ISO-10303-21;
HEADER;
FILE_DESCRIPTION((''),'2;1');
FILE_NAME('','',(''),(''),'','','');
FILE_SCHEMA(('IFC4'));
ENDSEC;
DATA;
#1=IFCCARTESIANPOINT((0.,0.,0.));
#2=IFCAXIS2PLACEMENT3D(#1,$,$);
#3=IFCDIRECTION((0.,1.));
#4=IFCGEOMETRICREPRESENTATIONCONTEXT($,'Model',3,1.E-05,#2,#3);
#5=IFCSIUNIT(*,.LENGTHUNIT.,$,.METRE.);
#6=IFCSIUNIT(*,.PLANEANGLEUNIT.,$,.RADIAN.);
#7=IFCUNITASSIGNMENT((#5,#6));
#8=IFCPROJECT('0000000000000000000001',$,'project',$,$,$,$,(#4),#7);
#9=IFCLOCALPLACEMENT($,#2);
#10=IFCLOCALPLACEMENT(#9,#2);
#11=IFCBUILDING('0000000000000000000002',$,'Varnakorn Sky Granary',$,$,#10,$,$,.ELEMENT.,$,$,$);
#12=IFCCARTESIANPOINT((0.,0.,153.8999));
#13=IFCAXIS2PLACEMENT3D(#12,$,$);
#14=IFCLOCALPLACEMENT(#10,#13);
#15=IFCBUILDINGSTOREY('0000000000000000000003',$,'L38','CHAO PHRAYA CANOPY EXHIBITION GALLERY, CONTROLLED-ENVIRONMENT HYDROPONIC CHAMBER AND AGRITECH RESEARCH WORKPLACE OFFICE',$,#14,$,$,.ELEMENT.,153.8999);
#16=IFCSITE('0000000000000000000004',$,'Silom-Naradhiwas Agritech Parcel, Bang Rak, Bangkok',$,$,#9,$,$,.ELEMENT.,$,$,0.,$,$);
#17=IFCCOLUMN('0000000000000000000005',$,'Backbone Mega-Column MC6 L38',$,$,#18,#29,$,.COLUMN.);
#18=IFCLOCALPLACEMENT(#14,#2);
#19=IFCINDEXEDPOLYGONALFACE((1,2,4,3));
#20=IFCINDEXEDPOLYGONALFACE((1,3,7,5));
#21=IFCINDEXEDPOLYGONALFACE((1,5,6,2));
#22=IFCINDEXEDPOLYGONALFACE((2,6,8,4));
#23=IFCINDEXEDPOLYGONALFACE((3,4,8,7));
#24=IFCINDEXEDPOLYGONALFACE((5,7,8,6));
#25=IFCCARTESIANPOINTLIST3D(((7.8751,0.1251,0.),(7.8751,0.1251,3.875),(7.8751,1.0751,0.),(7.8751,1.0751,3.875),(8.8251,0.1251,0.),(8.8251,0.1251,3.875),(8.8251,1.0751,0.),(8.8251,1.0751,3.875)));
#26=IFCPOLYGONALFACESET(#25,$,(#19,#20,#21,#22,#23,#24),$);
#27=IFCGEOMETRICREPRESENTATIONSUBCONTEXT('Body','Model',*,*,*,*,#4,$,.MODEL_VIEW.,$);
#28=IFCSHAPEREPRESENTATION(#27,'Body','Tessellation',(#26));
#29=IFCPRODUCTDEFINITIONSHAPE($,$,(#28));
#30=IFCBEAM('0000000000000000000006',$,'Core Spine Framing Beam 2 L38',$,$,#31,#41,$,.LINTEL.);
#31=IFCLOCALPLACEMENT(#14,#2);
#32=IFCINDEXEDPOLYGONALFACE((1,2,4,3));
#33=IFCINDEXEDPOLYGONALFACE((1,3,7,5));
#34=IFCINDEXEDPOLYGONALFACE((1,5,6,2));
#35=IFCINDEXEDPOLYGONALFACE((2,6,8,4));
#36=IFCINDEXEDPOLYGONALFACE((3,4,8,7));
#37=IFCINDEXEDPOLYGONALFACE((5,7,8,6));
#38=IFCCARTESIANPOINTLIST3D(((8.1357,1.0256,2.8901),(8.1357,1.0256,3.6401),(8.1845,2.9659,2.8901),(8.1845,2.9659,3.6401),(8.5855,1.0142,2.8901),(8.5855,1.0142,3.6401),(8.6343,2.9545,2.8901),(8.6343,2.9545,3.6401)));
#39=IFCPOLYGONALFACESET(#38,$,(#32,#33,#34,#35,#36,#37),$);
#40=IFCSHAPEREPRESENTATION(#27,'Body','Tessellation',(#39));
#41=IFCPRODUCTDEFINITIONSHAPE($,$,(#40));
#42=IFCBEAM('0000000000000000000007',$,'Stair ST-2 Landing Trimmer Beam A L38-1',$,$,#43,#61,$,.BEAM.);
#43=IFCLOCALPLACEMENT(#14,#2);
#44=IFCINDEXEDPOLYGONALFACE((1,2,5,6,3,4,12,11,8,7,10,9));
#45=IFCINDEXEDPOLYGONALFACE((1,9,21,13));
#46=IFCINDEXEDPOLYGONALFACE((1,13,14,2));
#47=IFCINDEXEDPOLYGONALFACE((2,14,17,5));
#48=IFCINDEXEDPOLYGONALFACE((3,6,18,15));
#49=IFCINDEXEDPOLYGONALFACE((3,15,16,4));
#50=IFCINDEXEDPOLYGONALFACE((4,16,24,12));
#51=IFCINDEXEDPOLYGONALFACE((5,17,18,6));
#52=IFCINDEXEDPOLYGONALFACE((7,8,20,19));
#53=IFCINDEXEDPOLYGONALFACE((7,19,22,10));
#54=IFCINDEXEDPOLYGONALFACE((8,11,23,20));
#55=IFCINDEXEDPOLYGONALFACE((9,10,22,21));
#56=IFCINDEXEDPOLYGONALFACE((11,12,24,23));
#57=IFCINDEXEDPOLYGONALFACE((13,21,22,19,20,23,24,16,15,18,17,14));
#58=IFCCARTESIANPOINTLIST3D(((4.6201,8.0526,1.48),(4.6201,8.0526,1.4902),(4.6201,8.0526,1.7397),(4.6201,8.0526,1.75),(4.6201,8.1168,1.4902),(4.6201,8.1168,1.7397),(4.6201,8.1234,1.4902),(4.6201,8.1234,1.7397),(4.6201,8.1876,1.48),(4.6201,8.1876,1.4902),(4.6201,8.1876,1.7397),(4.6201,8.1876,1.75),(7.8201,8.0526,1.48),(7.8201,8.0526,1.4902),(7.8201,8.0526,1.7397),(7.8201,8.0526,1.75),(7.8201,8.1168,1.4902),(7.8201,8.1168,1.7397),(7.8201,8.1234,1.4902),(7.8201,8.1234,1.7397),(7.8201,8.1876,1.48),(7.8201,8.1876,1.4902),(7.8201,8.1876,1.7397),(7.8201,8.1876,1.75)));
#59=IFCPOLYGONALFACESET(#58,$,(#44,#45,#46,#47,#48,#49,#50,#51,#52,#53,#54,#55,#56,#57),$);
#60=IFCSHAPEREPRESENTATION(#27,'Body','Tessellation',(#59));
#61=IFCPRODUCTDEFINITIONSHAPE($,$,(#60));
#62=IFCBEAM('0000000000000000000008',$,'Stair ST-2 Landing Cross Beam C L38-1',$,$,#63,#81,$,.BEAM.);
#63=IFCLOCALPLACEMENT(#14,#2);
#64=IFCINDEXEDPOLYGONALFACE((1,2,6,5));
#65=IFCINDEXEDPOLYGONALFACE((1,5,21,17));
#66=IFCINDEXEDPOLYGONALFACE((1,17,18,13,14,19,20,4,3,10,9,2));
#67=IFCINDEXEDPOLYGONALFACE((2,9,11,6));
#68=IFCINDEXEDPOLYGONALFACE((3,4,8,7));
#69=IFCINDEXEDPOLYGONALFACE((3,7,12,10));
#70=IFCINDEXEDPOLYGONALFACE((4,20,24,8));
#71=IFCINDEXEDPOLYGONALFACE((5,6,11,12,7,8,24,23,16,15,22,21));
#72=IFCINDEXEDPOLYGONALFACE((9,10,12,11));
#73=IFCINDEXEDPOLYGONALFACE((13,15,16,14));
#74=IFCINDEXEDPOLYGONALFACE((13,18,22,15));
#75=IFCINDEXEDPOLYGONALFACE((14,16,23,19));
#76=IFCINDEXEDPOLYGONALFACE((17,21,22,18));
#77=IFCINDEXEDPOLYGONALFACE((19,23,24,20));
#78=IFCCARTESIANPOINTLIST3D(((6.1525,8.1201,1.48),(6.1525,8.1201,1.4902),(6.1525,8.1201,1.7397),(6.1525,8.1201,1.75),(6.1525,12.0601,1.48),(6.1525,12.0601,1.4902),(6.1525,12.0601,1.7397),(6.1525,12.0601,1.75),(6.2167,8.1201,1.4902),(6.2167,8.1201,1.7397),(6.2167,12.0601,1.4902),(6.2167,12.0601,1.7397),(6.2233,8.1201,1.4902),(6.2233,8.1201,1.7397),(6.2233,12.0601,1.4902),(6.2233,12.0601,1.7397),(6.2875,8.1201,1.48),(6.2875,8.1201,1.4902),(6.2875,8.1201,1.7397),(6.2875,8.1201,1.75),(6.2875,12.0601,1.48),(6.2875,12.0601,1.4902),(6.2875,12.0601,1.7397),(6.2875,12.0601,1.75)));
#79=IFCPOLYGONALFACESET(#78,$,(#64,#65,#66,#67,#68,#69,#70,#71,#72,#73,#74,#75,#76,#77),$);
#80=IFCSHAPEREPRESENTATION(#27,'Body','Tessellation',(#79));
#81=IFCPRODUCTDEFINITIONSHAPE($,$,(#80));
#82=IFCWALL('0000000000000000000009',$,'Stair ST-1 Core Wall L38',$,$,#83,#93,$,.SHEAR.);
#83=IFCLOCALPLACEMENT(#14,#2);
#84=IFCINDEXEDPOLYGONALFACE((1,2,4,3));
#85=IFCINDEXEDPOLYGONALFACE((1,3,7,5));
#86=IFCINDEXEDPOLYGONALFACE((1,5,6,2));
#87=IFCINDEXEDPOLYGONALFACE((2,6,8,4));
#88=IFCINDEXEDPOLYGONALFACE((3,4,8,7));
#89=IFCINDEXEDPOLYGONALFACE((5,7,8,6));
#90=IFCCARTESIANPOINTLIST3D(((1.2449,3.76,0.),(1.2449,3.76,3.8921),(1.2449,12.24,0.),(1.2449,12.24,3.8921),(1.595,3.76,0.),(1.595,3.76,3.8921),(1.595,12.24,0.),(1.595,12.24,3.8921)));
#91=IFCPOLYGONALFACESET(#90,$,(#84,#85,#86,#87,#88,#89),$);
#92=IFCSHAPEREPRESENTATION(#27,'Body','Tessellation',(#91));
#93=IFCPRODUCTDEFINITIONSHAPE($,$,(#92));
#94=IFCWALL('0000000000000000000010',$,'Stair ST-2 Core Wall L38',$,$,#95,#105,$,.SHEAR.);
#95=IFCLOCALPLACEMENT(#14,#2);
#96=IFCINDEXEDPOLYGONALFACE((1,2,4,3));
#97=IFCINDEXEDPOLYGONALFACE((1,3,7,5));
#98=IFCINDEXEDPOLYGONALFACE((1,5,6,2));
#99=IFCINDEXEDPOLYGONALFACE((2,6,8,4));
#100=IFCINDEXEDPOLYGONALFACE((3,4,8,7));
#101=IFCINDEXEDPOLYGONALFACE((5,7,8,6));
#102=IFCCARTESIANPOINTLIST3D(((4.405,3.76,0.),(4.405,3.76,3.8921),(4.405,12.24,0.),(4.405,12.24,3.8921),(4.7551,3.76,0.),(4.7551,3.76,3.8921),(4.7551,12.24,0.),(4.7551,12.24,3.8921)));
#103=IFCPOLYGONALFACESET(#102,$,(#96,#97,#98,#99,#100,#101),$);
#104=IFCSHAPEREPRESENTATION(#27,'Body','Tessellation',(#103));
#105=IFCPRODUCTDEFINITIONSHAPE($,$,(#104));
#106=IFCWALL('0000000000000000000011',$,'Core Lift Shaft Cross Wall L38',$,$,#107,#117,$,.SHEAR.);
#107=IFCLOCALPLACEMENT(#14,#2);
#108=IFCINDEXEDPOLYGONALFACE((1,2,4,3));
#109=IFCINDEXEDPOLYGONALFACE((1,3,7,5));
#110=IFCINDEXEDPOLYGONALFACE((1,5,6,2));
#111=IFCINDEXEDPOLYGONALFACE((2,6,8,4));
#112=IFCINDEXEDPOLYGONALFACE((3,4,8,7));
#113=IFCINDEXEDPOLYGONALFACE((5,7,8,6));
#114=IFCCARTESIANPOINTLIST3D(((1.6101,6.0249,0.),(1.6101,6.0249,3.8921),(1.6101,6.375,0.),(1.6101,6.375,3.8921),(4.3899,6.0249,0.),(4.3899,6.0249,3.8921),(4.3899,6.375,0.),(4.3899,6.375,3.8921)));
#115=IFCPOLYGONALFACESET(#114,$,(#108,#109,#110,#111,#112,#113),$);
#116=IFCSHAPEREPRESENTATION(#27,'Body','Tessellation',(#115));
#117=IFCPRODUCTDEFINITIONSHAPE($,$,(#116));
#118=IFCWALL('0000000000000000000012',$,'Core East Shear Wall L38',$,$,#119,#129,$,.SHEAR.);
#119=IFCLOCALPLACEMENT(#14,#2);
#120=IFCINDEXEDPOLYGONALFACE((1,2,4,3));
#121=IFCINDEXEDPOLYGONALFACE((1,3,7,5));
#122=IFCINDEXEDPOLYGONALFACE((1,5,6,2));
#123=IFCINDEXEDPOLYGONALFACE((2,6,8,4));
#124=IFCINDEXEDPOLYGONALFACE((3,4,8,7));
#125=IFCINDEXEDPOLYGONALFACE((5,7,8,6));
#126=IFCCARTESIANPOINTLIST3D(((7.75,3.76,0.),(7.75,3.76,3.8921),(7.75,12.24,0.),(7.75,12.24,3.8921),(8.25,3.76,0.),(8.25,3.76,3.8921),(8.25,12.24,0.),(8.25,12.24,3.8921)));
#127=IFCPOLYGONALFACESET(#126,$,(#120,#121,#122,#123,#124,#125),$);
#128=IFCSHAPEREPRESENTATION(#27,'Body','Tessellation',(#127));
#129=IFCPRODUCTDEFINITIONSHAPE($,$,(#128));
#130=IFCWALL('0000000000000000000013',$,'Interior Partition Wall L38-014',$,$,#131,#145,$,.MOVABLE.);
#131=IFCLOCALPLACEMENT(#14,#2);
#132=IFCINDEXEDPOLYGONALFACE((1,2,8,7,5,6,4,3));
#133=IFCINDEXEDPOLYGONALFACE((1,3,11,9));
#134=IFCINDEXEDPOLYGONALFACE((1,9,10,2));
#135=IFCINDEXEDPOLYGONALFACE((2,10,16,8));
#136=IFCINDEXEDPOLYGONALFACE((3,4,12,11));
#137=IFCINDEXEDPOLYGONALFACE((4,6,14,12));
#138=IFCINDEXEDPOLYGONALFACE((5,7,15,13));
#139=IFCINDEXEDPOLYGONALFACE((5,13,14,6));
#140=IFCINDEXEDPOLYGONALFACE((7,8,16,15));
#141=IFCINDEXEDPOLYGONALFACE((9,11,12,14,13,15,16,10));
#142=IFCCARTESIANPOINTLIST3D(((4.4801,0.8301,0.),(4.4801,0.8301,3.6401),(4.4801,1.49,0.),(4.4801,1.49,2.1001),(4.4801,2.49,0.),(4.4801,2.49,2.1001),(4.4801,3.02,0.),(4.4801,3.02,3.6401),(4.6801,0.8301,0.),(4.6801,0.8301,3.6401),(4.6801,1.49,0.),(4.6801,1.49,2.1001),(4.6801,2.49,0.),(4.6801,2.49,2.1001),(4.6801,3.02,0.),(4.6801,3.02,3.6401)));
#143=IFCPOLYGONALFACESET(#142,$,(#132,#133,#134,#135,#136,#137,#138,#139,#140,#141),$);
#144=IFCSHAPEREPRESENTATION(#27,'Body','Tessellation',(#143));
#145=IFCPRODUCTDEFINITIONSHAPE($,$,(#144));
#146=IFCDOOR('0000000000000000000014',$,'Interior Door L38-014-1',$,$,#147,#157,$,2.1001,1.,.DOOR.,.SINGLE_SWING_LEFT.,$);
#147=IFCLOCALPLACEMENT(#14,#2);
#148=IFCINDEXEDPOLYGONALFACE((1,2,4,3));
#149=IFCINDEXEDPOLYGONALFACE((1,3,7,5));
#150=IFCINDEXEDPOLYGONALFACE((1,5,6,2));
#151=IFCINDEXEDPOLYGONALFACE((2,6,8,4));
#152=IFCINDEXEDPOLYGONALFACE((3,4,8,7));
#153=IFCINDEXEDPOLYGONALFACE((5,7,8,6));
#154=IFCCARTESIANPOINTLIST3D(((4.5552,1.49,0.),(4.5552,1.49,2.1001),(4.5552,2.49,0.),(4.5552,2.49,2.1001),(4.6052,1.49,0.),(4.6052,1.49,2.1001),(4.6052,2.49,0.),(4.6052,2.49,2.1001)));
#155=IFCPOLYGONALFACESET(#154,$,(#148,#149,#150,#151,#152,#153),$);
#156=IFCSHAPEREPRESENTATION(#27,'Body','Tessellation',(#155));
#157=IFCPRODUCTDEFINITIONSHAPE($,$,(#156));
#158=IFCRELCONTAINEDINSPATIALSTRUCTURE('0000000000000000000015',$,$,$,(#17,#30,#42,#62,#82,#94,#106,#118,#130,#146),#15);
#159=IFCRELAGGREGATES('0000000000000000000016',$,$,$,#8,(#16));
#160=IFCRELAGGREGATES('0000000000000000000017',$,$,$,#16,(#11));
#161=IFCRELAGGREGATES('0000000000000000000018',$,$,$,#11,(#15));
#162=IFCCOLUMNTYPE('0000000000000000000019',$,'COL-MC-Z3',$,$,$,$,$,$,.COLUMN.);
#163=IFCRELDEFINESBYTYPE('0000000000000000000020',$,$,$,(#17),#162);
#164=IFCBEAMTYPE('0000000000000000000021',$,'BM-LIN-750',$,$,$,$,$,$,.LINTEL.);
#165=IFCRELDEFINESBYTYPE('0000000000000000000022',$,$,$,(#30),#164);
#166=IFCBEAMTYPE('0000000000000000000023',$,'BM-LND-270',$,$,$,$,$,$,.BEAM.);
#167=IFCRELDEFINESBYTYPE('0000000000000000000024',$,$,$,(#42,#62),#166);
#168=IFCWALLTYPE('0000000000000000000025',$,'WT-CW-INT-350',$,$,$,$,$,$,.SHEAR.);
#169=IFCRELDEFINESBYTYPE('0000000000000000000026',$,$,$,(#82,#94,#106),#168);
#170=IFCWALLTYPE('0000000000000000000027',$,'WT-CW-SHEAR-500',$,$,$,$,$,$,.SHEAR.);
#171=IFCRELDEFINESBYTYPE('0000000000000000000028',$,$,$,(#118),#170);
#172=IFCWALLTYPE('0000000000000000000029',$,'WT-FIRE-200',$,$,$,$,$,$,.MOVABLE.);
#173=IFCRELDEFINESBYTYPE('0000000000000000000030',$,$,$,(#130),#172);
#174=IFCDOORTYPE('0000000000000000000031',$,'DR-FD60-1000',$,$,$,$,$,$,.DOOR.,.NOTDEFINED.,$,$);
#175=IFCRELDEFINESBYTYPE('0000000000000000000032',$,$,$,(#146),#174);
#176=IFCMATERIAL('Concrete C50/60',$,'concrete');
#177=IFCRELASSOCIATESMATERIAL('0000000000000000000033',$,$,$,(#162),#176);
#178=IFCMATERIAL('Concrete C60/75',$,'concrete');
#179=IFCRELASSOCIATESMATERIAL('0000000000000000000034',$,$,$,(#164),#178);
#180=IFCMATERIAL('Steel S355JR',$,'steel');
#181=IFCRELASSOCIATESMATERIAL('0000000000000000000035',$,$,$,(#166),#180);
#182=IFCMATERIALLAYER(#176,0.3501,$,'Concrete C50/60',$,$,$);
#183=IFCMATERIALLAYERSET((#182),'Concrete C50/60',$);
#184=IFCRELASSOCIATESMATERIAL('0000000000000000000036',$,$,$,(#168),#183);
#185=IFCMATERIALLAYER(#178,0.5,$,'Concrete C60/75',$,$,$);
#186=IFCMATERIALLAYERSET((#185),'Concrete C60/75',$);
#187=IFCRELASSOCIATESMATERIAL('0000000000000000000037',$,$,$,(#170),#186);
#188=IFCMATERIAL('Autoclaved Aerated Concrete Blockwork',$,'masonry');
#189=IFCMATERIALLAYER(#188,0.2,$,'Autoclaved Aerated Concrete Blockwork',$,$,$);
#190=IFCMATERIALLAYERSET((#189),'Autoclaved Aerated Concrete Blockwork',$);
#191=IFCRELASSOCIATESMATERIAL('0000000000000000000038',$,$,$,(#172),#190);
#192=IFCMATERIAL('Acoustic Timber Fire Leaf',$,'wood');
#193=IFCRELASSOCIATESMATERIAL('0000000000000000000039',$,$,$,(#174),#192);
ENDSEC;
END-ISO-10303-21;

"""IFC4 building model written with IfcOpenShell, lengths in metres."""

from ifc_helpers import new_model, si_unit, direction, frame, frame_2d, origin, origin_2d, place, context, subcontext, project, spatial, rectangle, i_section, extrude, material, layer, layer_set, material_profile, profile_set, type_object, element, fill, save


model = new_model("IFC4")

# Units and contexts
model_context = context("Model", 3, precision=1e-05, world=origin(), true_north=direction((0.0, 1.0)))
body_context = subcontext(model_context, "Body", "Model", "MODEL_VIEW")
ifc_project = project(units=[si_unit("LENGTHUNIT", "METRE"), si_unit("PLANEANGLEUNIT", "RADIAN")], contexts=[model_context])

# Site, building, storey
site_placement = place(None, origin())
site = spatial("IfcSite", under=ifc_project, at=site_placement, Name="Silom-Naradhiwas Agritech Parcel, Bang Rak, Bangkok", CompositionType="ELEMENT", RefElevation=0.0)
building_placement = place(site_placement, origin())
building = spatial("IfcBuilding", under=site, at=building_placement, Name="Varnakorn Sky Granary", CompositionType="ELEMENT")
storey_placement = place(building_placement, frame((0.0, 0.0, 153.8999)))
storey = spatial("IfcBuildingStorey", under=building, at=storey_placement, Name="L38", Description="CHAO PHRAYA CANOPY EXHIBITION GALLERY, CONTROLLED-ENVIRONMENT HYDROPONIC CHAMBER AND AGRITECH RESEARCH WORKPLACE OFFICE", CompositionType="ELEMENT", Elevation=153.8999)

# Column
ifc_material_1 = material(Name="Concrete C50/60", Category="concrete")
ifc_material_profile_1 = material_profile(ifc_material_1, rectangle(XDim=0.95, YDim=0.95, at=origin_2d()), Name="RC 950x950")
ifc_profile_set_1 = profile_set([ifc_material_profile_1], Name="Concrete C50/60")
column_type = type_object("IfcColumnType", Name="COL-MC-Z3", PredefinedType="COLUMN", material=ifc_profile_set_1)
column_placement = place(storey_placement, frame((8.3501, 0.6001, 0.0), z_axis=(0.0, 0.0, 1.0), x_axis=(1.0, 0.0, 0.0)))
element("IfcColumn", 1, at=column_placement, inside=storey, type_object=column_type, Name="Backbone Mega-Column MC6 L38", PredefinedType="COLUMN", context=body_context, shape_type="SweptSolid", body=[
    extrude(rectangle(XDim=0.95, YDim=0.95, at=origin_2d()), origin(), (0.0, 0.0, 1.0), 3.875),
])

# Beams
ifc_material_2 = material(Name="Concrete C60/75", Category="concrete")
ifc_material_profile_2 = material_profile(ifc_material_2, rectangle(XDim=0.45, YDim=0.75, at=origin_2d()), Name="RC 450x750")
ifc_profile_set_2 = profile_set([ifc_material_profile_2], Name="Concrete C60/75")
beam_type_1 = type_object("IfcBeamType", Name="BM-LIN-750", PredefinedType="LINTEL", material=ifc_profile_set_2)
beam_1_placement = place(storey_placement, frame((8.4094, 2.9602, 3.2651), z_axis=(-0.025159, -0.999683, 0.0), x_axis=(0.999683, -0.025159, 0.0)))
element("IfcBeam", 2, at=beam_1_placement, inside=storey, type_object=beam_type_1, Name="Core Spine Framing Beam 2 L38", PredefinedType="LINTEL", context=body_context, shape_type="SweptSolid", body=[
    extrude(rectangle(XDim=0.45, YDim=0.75, at=origin_2d()), origin(), (0.0, 0.0, 1.0), 1.9409),
])
ifc_material_3 = material(Name="Steel S355JR", Category="steel")
ifc_material_profile_3 = material_profile(ifc_material_3, i_section(OverallWidth=0.135, OverallDepth=0.27, WebThickness=0.0066, FlangeThickness=0.0103, at=origin_2d()), Name="IPE 270")
ifc_profile_set_3 = profile_set([ifc_material_profile_3], Name="Steel S355JR")
beam_type_2 = type_object("IfcBeamType", Name="BM-LND-270", PredefinedType="BEAM", material=ifc_profile_set_3)
beam_2_placement = place(storey_placement, frame((4.6201, 8.1201, 1.615), z_axis=(1.0, 0.0, 0.0), x_axis=(0.0, 1.0, 0.0)))
element("IfcBeam", 3, at=beam_2_placement, inside=storey, type_object=beam_type_2, Name="Stair ST-2 Landing Trimmer Beam A L38-1", PredefinedType="BEAM", context=body_context, shape_type="SweptSolid", body=[
    extrude(i_section(OverallWidth=0.135, OverallDepth=0.27, WebThickness=0.0066, FlangeThickness=0.0103, at=origin_2d()), origin(), (0.0, 0.0, 1.0), 3.2),
])
beam_3_placement = place(storey_placement, frame((6.22, 8.1201, 1.615), z_axis=(0.0, 1.0, 0.0), x_axis=(-1.0, 0.0, 0.0)))
element("IfcBeam", 4, at=beam_3_placement, inside=storey, type_object=beam_type_2, Name="Stair ST-2 Landing Cross Beam C L38-1", PredefinedType="BEAM", context=body_context, shape_type="SweptSolid", body=[
    extrude(i_section(OverallWidth=0.135, OverallDepth=0.27, WebThickness=0.0066, FlangeThickness=0.0103, at=origin_2d()), origin(), (0.0, 0.0, 1.0), 3.9399),
])

# Walls
ifc_layer_1 = layer(ifc_material_1, 0.3501, Name="Concrete C50/60")
ifc_layer_set_1 = layer_set([ifc_layer_1], Name="Concrete C50/60")
wall_type_1 = type_object("IfcWallType", Name="WT-CW-INT-350", PredefinedType="SHEAR", material=ifc_layer_set_1)
for number, where, z_axis, x_axis, name in (
    (5, (1.4199, 3.76, 0.0), (0.0, 0.0, 1.0), (0.0, 1.0, 0.0), "Stair ST-1 Core Wall L38"),
    (6, (4.5801, 3.76, 0.0), (0.0, 0.0, 1.0), (0.0, 1.0, 0.0), "Stair ST-2 Core Wall L38"),
):
    element("IfcWall", number, at=place(storey_placement, frame(where, z_axis=z_axis, x_axis=x_axis)), inside=storey, type_object=wall_type_1, Name=name, PredefinedType="SHEAR", context=body_context, shape_type="SweptSolid", body=[
        extrude(rectangle(XDim=8.48, YDim=0.3501, at=frame_2d((4.24, 0.0))), origin(), (0.0, 0.0, 1.0), 3.8921),
    ])
wall_1_placement = place(storey_placement, frame((1.6101, 6.2, 0.0), z_axis=(0.0, 0.0, 1.0), x_axis=(1.0, 0.0, 0.0)))
element("IfcWall", 7, at=wall_1_placement, inside=storey, type_object=wall_type_1, Name="Core Lift Shaft Cross Wall L38", PredefinedType="SHEAR", context=body_context, shape_type="SweptSolid", body=[
    extrude(rectangle(XDim=2.7798, YDim=0.3501, at=frame_2d((1.3899, 0.0))), origin(), (0.0, 0.0, 1.0), 3.8921),
])
ifc_layer_2 = layer(ifc_material_2, 0.5, Name="Concrete C60/75")
ifc_layer_set_2 = layer_set([ifc_layer_2], Name="Concrete C60/75")
wall_type_2 = type_object("IfcWallType", Name="WT-CW-SHEAR-500", PredefinedType="SHEAR", material=ifc_layer_set_2)
wall_2_placement = place(storey_placement, frame((8.0, 3.76, 0.0), z_axis=(0.0, 0.0, 1.0), x_axis=(0.0, 1.0, 0.0)))
element("IfcWall", 8, at=wall_2_placement, inside=storey, type_object=wall_type_2, Name="Core East Shear Wall L38", PredefinedType="SHEAR", context=body_context, shape_type="SweptSolid", body=[
    extrude(rectangle(XDim=8.48, YDim=0.5, at=frame_2d((4.24, 0.0))), origin(), (0.0, 0.0, 1.0), 3.8921),
])

# Wall, opening, door
ifc_material_4 = material(Name="Autoclaved Aerated Concrete Blockwork", Category="masonry")
ifc_layer_3 = layer(ifc_material_4, 0.2, Name="Autoclaved Aerated Concrete Blockwork")
ifc_layer_set_3 = layer_set([ifc_layer_3], Name="Autoclaved Aerated Concrete Blockwork")
wall_type_3 = type_object("IfcWallType", Name="WT-FIRE-200", PredefinedType="MOVABLE", material=ifc_layer_set_3)
wall_3_placement = place(storey_placement, frame((4.5801, 0.8301, 0.0), z_axis=(0.0, 0.0, 1.0), x_axis=(0.0, 1.0, 0.0)))
wall_3 = element("IfcWall", 9, at=wall_3_placement, inside=storey, type_object=wall_type_3, Name="Interior Partition Wall L38-014", PredefinedType="MOVABLE", context=body_context, shape_type="SweptSolid", body=[
    extrude(rectangle(XDim=2.1899, YDim=0.2, at=frame_2d((1.095, 0.0))), origin(), (0.0, 0.0, 1.0), 3.6401),
])
opening_1_placement = place(wall_3_placement, frame((0.6599, 0.0, 0.0)))
opening_1 = element("IfcOpeningElement", 10, at=opening_1_placement, cuts=wall_3, PredefinedType="OPENING", context=body_context, shape_type="SweptSolid", body=[
    extrude(rectangle(XDim=1.0, YDim=2.1001, at=frame_2d((0.5, 1.05))), frame((0.0, 0.1099, 0.0), z_axis=(0.0, -1.0, 0.0), x_axis=(1.0, 0.0, 0.0)), (0.0, 0.0, 1.0), 0.22),
])
ifc_material_5 = material(Name="Acoustic Timber Fire Leaf", Category="wood")
door_type_1 = type_object("IfcDoorType", Name="DR-FD60-1000", OperationType="NOTDEFINED", PredefinedType="DOOR", material=ifc_material_5)
door_1_placement = place(opening_1_placement, origin())
door_1 = element("IfcDoor", 11, at=door_1_placement, inside=storey, type_object=door_type_1, Name="Interior Door L38-014-1", OperationType="SINGLE_SWING_LEFT", OverallHeight=2.1001, OverallWidth=1.0, PredefinedType="DOOR", context=body_context, shape_type="SweptSolid", body=[
    extrude(rectangle(XDim=1.0, YDim=2.1001, at=frame_2d((0.5, 1.05))), frame((0.0, 0.0249, 0.0), z_axis=(0.0, -1.0, 0.0), x_axis=(1.0, 0.0, 0.0)), (0.0, 0.0, 1.0), 0.05),
])
fill(opening_1, door_1)

save(model, "model.ifc")
